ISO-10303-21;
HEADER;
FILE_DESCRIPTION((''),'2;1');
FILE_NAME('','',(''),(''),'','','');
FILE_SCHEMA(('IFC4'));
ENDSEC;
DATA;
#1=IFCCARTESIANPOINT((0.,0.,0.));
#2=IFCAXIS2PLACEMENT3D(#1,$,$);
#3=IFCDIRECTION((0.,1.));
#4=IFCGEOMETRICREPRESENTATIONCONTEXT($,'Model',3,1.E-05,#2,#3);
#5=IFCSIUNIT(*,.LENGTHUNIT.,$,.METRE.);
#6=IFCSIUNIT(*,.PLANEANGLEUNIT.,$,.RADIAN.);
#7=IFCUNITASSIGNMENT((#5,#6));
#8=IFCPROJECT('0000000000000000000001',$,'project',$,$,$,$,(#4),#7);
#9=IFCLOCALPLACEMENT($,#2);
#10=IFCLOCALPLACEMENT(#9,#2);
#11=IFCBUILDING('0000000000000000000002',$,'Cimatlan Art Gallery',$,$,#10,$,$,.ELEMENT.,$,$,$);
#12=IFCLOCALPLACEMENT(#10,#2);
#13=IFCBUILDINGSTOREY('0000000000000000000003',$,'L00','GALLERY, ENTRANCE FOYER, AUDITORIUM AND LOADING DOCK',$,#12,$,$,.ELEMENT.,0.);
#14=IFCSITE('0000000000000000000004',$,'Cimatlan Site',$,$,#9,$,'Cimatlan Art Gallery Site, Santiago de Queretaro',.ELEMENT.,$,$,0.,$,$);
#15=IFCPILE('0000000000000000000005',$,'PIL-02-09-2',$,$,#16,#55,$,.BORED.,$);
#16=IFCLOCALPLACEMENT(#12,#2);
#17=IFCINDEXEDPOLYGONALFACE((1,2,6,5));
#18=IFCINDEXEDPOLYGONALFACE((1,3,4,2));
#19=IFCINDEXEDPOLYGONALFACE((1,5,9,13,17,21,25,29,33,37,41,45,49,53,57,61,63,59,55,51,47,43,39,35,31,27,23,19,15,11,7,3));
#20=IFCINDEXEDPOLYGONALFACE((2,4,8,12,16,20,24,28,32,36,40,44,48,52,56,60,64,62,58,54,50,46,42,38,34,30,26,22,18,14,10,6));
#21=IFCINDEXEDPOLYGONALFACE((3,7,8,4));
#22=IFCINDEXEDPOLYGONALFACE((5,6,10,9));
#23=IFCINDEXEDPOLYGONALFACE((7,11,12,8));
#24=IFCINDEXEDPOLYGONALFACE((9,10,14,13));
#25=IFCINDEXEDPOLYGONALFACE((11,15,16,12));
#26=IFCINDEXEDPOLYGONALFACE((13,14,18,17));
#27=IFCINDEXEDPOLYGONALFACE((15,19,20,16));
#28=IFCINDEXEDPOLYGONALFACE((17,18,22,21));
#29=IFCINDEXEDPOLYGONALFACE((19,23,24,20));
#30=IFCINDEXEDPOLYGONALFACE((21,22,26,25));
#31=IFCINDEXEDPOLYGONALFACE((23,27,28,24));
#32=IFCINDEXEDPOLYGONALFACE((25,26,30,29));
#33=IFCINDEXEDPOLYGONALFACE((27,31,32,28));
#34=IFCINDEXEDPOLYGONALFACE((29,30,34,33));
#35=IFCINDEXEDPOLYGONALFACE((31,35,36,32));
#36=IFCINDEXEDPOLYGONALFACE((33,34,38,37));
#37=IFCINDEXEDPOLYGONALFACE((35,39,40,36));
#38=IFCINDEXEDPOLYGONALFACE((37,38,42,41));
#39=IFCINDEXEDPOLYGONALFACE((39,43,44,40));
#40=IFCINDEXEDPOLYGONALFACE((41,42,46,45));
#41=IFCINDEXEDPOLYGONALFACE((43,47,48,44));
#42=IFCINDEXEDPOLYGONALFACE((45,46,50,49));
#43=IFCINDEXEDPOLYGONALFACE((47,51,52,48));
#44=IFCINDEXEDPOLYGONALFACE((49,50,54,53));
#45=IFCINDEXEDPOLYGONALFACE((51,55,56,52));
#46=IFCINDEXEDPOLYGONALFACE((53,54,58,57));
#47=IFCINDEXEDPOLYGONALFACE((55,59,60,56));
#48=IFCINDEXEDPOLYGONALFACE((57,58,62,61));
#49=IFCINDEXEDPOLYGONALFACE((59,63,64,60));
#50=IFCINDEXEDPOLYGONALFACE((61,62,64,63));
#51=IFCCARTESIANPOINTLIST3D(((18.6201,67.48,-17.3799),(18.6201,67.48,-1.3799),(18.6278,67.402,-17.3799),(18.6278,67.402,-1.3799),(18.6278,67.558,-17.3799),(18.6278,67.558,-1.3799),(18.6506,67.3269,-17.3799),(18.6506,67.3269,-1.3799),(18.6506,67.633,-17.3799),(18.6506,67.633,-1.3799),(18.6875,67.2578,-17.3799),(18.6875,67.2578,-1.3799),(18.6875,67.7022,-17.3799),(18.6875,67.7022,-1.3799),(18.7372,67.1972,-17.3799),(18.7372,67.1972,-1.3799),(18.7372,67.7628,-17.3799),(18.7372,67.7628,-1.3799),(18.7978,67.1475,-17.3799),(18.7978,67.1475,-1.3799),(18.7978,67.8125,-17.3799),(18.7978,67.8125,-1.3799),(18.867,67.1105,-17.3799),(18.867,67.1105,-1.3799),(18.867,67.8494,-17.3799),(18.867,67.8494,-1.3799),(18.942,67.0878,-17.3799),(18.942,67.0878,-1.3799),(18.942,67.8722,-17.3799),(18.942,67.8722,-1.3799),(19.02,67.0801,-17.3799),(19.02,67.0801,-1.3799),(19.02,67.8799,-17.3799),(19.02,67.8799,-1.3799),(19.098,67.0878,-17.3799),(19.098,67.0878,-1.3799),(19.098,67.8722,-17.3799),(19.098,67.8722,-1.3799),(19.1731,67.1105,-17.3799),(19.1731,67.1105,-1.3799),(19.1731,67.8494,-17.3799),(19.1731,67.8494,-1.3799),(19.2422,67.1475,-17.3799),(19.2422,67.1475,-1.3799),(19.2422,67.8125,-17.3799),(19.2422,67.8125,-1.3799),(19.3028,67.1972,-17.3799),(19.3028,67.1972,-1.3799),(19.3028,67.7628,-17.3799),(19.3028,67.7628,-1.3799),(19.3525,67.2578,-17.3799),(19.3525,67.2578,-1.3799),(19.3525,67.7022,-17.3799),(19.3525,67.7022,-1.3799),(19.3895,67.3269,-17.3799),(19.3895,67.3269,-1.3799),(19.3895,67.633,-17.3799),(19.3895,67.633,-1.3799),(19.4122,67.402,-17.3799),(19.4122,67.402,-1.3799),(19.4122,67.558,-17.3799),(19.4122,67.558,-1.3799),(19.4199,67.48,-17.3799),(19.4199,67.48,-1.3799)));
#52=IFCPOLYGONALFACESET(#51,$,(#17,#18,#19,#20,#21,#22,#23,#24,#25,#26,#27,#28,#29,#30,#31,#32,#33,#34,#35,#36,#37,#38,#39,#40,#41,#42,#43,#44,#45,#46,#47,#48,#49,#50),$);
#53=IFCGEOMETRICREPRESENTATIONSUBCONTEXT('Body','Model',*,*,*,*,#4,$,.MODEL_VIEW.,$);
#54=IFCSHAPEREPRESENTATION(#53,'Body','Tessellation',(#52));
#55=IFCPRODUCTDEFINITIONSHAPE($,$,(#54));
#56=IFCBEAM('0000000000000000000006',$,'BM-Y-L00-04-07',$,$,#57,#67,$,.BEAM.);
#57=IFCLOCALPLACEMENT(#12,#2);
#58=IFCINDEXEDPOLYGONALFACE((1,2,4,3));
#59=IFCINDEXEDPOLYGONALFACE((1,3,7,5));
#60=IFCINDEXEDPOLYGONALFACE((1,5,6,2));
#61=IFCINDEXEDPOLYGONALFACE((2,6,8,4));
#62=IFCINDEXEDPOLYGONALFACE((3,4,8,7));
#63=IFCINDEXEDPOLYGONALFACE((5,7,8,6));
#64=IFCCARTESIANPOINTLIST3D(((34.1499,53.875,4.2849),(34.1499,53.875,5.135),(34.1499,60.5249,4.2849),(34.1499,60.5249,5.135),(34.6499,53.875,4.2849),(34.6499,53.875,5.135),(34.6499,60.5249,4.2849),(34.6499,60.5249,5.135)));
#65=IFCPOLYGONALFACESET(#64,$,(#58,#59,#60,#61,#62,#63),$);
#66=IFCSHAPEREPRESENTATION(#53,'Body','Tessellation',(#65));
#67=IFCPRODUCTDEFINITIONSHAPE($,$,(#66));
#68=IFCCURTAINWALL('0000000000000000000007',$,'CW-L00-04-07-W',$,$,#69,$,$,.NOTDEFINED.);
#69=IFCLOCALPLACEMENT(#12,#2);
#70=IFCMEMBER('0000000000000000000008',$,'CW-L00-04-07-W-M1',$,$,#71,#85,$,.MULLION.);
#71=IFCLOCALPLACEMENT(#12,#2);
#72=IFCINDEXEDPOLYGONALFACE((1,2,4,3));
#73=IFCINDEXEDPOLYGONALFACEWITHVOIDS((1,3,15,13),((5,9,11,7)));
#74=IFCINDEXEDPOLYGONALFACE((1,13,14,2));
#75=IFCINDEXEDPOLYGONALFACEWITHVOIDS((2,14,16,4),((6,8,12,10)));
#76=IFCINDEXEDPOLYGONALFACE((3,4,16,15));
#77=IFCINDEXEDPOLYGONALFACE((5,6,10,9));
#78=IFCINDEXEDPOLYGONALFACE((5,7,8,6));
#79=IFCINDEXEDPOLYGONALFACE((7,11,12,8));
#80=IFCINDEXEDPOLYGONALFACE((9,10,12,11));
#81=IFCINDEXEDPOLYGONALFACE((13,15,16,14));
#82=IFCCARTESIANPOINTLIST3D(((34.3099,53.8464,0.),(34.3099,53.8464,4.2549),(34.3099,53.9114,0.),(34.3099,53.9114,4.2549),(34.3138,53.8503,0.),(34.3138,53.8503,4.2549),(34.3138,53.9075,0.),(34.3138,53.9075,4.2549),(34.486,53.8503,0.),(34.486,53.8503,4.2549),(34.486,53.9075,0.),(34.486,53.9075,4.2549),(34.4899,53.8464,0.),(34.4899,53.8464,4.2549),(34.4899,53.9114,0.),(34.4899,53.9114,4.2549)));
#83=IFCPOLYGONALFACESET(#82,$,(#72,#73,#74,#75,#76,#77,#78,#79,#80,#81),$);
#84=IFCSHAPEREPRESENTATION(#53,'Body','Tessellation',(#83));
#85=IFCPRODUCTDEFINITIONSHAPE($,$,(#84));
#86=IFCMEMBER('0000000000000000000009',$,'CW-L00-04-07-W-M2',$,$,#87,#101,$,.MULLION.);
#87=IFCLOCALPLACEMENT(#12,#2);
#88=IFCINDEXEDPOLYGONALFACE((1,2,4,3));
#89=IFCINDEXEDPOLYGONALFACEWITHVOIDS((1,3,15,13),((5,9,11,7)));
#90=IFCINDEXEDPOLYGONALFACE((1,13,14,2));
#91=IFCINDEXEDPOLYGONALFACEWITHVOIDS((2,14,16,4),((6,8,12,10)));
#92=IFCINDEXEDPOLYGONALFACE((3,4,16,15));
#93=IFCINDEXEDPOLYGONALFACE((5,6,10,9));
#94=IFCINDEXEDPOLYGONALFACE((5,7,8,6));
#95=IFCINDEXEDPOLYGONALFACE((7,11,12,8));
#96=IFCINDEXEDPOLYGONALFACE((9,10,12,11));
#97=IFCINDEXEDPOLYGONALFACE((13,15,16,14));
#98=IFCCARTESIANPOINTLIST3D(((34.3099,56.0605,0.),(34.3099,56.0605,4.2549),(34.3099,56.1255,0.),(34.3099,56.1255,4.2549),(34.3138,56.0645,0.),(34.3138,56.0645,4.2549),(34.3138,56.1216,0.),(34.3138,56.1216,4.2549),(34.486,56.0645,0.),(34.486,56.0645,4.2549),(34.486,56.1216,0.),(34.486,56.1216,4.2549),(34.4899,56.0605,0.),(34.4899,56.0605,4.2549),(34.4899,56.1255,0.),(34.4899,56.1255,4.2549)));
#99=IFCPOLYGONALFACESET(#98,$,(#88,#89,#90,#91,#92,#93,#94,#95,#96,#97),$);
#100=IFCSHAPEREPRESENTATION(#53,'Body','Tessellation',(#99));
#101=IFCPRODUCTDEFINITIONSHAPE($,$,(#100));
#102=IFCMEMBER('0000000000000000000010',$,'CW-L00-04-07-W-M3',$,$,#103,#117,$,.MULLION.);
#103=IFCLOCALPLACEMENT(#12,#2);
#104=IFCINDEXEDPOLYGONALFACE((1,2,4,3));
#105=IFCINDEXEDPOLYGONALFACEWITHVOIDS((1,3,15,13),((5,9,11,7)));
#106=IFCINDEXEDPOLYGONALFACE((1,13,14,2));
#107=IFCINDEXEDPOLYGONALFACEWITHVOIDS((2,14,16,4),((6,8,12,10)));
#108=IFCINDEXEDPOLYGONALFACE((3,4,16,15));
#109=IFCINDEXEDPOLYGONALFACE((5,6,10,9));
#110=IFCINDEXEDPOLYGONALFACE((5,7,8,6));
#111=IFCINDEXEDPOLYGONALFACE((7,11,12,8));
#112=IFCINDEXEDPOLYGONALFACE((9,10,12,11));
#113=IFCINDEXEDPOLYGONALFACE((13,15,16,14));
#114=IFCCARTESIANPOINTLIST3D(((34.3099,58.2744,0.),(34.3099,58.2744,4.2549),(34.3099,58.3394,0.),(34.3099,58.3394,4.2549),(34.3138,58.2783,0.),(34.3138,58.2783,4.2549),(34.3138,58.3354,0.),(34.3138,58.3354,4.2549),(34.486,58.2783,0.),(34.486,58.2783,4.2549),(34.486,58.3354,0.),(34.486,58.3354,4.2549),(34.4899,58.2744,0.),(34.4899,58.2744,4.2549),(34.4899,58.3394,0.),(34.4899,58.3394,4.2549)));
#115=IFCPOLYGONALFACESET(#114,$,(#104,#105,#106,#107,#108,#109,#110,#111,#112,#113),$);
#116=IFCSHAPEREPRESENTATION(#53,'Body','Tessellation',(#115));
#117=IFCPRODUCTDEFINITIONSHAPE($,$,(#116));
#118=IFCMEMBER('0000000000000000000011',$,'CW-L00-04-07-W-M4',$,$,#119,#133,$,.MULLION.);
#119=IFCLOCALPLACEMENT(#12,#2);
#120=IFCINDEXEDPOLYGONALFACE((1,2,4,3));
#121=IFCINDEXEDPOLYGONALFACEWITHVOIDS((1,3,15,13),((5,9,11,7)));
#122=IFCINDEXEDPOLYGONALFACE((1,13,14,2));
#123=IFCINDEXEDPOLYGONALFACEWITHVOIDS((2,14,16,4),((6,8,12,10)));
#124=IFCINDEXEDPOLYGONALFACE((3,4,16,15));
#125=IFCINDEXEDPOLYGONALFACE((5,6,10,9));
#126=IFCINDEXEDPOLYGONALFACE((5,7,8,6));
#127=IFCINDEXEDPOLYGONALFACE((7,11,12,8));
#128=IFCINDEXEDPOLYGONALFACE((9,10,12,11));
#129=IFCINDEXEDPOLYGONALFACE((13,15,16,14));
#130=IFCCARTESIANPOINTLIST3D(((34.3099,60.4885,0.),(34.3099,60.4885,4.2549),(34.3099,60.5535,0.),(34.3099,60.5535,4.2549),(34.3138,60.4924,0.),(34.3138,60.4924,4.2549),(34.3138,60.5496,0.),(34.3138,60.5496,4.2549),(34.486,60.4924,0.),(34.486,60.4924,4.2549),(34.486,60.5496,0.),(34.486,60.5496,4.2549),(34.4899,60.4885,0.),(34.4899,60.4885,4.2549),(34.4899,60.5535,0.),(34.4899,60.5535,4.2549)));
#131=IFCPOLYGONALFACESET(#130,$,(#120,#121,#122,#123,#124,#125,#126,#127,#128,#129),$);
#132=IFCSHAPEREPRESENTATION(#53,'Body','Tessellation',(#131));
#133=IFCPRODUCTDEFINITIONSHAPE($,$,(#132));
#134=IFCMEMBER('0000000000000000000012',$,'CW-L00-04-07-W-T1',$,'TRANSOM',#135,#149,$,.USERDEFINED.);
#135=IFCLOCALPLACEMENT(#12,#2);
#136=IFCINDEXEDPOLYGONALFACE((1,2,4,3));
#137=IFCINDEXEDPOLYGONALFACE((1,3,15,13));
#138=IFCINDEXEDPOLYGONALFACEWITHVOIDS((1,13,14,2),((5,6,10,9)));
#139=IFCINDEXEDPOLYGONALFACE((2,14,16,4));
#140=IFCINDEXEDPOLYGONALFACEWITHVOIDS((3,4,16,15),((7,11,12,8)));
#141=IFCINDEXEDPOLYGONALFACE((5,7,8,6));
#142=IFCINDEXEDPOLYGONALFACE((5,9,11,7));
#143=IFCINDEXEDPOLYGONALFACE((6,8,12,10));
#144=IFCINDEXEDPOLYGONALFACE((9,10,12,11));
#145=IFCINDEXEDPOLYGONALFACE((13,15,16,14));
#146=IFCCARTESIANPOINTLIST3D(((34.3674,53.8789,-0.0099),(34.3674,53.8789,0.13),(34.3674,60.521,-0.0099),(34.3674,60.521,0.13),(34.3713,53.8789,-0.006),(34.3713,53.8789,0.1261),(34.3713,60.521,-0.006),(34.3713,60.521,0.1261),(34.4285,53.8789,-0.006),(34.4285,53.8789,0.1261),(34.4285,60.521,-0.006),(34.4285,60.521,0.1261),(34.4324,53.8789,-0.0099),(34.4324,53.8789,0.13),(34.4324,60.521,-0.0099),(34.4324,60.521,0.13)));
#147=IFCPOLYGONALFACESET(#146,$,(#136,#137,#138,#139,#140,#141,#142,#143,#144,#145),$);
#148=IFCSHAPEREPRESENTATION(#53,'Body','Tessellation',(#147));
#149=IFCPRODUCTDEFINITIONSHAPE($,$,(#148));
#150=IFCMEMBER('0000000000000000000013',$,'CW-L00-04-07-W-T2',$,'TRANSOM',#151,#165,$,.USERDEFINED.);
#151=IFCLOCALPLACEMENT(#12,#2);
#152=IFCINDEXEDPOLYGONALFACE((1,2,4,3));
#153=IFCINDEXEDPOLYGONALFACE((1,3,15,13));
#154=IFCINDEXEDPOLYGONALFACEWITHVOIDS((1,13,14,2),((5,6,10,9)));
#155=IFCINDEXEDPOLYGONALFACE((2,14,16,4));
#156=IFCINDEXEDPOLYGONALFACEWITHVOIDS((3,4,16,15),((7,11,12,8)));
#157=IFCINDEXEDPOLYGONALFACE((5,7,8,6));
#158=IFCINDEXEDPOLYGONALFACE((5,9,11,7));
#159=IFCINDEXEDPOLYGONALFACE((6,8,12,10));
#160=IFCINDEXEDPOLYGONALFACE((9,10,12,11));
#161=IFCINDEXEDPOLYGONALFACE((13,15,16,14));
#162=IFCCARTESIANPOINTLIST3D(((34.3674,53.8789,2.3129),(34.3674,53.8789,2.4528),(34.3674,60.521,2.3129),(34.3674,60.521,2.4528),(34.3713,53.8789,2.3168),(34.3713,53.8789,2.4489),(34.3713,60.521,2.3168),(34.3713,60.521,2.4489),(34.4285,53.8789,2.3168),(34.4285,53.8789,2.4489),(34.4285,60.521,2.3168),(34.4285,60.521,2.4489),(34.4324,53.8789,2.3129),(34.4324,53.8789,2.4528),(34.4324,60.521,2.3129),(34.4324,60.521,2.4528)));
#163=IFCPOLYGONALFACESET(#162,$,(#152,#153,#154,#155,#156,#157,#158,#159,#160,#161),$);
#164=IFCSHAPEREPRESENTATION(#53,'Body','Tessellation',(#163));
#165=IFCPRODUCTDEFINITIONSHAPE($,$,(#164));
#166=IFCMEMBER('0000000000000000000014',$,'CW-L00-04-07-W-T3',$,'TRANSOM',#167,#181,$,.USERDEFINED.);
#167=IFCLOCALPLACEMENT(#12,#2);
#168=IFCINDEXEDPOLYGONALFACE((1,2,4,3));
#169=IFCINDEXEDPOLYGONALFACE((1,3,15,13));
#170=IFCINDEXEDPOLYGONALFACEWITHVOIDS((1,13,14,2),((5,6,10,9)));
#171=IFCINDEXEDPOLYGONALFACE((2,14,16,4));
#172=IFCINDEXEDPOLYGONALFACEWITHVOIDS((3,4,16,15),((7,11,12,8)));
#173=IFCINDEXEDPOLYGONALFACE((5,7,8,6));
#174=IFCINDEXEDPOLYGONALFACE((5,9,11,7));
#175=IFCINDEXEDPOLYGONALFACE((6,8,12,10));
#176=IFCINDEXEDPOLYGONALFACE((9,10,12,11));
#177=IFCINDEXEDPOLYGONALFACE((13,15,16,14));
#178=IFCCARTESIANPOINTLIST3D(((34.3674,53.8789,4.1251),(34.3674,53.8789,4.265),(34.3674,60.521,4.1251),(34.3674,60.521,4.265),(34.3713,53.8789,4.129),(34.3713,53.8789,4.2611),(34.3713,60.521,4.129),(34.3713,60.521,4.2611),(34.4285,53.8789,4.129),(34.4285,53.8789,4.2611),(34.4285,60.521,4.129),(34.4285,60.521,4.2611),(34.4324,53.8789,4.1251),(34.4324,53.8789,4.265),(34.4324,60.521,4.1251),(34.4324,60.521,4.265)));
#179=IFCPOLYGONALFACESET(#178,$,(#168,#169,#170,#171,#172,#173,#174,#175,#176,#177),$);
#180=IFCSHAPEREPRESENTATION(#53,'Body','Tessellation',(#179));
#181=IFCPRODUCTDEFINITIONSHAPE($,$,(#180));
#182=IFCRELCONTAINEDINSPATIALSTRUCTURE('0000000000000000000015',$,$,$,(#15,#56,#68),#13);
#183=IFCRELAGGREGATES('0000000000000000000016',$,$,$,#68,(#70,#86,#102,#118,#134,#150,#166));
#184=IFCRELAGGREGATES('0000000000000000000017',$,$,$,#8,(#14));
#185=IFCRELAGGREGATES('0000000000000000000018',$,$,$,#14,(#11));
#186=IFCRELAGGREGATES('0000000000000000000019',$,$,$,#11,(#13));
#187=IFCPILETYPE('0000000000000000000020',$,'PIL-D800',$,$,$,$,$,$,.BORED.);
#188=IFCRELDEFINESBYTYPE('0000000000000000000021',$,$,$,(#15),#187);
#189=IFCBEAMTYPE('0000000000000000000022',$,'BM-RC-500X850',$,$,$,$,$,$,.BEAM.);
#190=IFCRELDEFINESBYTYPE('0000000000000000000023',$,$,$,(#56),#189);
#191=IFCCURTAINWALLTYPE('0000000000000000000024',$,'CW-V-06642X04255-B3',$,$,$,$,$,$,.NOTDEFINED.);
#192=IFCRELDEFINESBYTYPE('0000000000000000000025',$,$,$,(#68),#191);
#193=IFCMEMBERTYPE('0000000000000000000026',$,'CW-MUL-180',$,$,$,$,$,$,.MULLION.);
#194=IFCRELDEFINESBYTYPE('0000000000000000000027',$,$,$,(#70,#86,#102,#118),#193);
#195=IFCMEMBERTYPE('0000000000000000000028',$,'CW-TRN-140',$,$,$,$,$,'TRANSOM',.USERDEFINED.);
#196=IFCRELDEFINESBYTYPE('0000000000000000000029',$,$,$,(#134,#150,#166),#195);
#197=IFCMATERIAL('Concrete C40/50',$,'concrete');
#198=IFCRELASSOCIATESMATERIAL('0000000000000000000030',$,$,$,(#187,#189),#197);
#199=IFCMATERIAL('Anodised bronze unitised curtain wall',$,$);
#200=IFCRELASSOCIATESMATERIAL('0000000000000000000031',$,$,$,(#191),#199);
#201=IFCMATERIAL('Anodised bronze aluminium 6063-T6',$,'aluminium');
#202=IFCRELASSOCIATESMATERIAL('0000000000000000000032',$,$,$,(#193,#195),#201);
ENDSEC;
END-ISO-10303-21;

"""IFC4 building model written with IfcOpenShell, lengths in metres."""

from ifc_helpers import new_model, si_unit, direction, frame, origin, origin_2d, place, context, subcontext, project, spatial, rectangle, hollow_rectangle, circle, extrude, material, material_profile, profile_set, type_object, element, aggregate, save


model = new_model("IFC4")

# Units and contexts
model_context = context("Model", 3, precision=1e-05, world=origin(), true_north=direction((0.0, 1.0)))
body_context = subcontext(model_context, "Body", "Model", "MODEL_VIEW")
ifc_project = project(units=[si_unit("LENGTHUNIT", "METRE"), si_unit("PLANEANGLEUNIT", "RADIAN")], contexts=[model_context])

# Site, building, storey
site_placement = place(None, origin())
site = spatial("IfcSite", under=ifc_project, at=site_placement, Name="Cimatlan Site", LongName="Cimatlan Art Gallery Site, Santiago de Queretaro", CompositionType="ELEMENT", RefElevation=0.0)
building_placement = place(site_placement, origin())
building = spatial("IfcBuilding", under=site, at=building_placement, Name="Cimatlan Art Gallery", CompositionType="ELEMENT")
storey_placement = place(building_placement, origin())
storey = spatial("IfcBuildingStorey", under=building, at=storey_placement, Name="L00", Description="GALLERY, ENTRANCE FOYER, AUDITORIUM AND LOADING DOCK", CompositionType="ELEMENT", Elevation=0.0)

# Pile
ifc_material_1 = material(Name="Concrete C40/50", Category="concrete")
pile_type = type_object("IfcPileType", Name="PIL-D800", PredefinedType="BORED", material=ifc_material_1)
pile_placement = place(storey_placement, frame((19.02, 67.48, -1.3799), z_axis=(0.0, 0.0, -1.0), x_axis=(1.0, 0.0, 0.0)))
element("IfcPile", 1, at=pile_placement, inside=storey, type_object=pile_type, Name="PIL-02-09-2", PredefinedType="BORED", context=body_context, shape_type="SweptSolid", body=[
    extrude(circle(Radius=0.3999, at=origin_2d()), origin(), (0.0, 0.0, 1.0), 16.0),
])

# Beam
ifc_material_profile_1 = material_profile(ifc_material_1, rectangle(XDim=0.5, YDim=0.8501, at=origin_2d()), Name="RC500X850")
ifc_profile_set_1 = profile_set([ifc_material_profile_1], Name="Concrete C40/50")
beam_type = type_object("IfcBeamType", Name="BM-RC-500X850", PredefinedType="BEAM", material=ifc_profile_set_1)
beam_placement = place(storey_placement, frame((34.3999, 53.875, 4.71), z_axis=(0.0, 1.0, 0.0), x_axis=(-1.0, 0.0, 0.0)))
element("IfcBeam", 2, at=beam_placement, inside=storey, type_object=beam_type, Name="BM-Y-L00-04-07", PredefinedType="BEAM", context=body_context, shape_type="SweptSolid", body=[
    extrude(rectangle(XDim=0.5, YDim=0.8501, at=origin_2d()), origin(), (0.0, 0.0, 1.0), 6.6499),
])

# Curtain wall, members
ifc_material_2 = material(Name="Anodised bronze unitised curtain wall")
curtain_wall_type = type_object("IfcCurtainWallType", Name="CW-V-06642X04255-B3", PredefinedType="NOTDEFINED", material=ifc_material_2)
curtain_wall_placement = place(storey_placement, origin())
curtain_wall = element("IfcCurtainWall", 3, at=curtain_wall_placement, inside=storey, type_object=curtain_wall_type, Name="CW-L00-04-07-W", PredefinedType="NOTDEFINED")
ifc_material_3 = material(Name="Anodised bronze aluminium 6063-T6", Category="aluminium")
ifc_material_profile_2 = material_profile(ifc_material_3, hollow_rectangle(XDim=0.0649, YDim=0.1799, WallThickness=0.0039, at=origin_2d()), Name="ALU65X180X4")
ifc_profile_set_2 = profile_set([ifc_material_profile_2], Name="Anodised bronze aluminium 6063-T6")
member_type_1 = type_object("IfcMemberType", Name="CW-MUL-180", PredefinedType="MULLION", material=ifc_profile_set_2)
member_1_placement = place(storey_placement, frame((34.3999, 53.8789, 0.0), z_axis=(0.0, 0.0, 1.0), x_axis=(0.0, 1.0, 0.0)))
member_1 = element("IfcMember", 4, at=member_1_placement, type_object=member_type_1, Name="CW-L00-04-07-W-M1", PredefinedType="MULLION", context=body_context, shape_type="SweptSolid", body=[
    extrude(hollow_rectangle(XDim=0.0649, YDim=0.1799, WallThickness=0.0039, at=origin_2d()), origin(), (0.0, 0.0, 1.0), 4.2549),
])
member_2_placement = place(storey_placement, frame((34.3999, 56.093, 0.0), z_axis=(0.0, 0.0, 1.0), x_axis=(0.0, 1.0, 0.0)))
member_2 = element("IfcMember", 5, at=member_2_placement, type_object=member_type_1, Name="CW-L00-04-07-W-M2", PredefinedType="MULLION", context=body_context, shape_type="SweptSolid", body=[
    extrude(hollow_rectangle(XDim=0.0649, YDim=0.1799, WallThickness=0.0039, at=origin_2d()), origin(), (0.0, 0.0, 1.0), 4.2549),
])
member_3_placement = place(storey_placement, frame((34.3999, 58.3069, 0.0), z_axis=(0.0, 0.0, 1.0), x_axis=(0.0, 1.0, 0.0)))
member_3 = element("IfcMember", 6, at=member_3_placement, type_object=member_type_1, Name="CW-L00-04-07-W-M3", PredefinedType="MULLION", context=body_context, shape_type="SweptSolid", body=[
    extrude(hollow_rectangle(XDim=0.0649, YDim=0.1799, WallThickness=0.0039, at=origin_2d()), origin(), (0.0, 0.0, 1.0), 4.2549),
])
member_4_placement = place(storey_placement, frame((34.3999, 60.521, 0.0), z_axis=(0.0, 0.0, 1.0), x_axis=(0.0, 1.0, 0.0)))
member_4 = element("IfcMember", 7, at=member_4_placement, type_object=member_type_1, Name="CW-L00-04-07-W-M4", PredefinedType="MULLION", context=body_context, shape_type="SweptSolid", body=[
    extrude(hollow_rectangle(XDim=0.0649, YDim=0.1799, WallThickness=0.0039, at=origin_2d()), origin(), (0.0, 0.0, 1.0), 4.2549),
])
ifc_material_profile_3 = material_profile(ifc_material_3, hollow_rectangle(XDim=0.0649, YDim=0.1399, WallThickness=0.0039, at=origin_2d()), Name="ALU65X140X4")
ifc_profile_set_3 = profile_set([ifc_material_profile_3], Name="Anodised bronze aluminium 6063-T6")
member_type_2 = type_object("IfcMemberType", Name="CW-TRN-140", ElementType="TRANSOM", PredefinedType="USERDEFINED", material=ifc_profile_set_3)
member_5_placement = place(storey_placement, frame((34.3999, 53.8789, 0.0601), z_axis=(0.0, 1.0, 0.0), x_axis=(-1.0, 0.0, 0.0)))
member_5 = element("IfcMember", 8, at=member_5_placement, type_object=member_type_2, Name="CW-L00-04-07-W-T1", ObjectType="TRANSOM", PredefinedType="USERDEFINED", context=body_context, shape_type="SweptSolid", body=[
    extrude(hollow_rectangle(XDim=0.0649, YDim=0.1399, WallThickness=0.0039, at=origin_2d()), origin(), (0.0, 0.0, 1.0), 6.6421),
])
member_6_placement = place(storey_placement, frame((34.3999, 53.8789, 2.3828), z_axis=(0.0, 1.0, 0.0), x_axis=(-1.0, 0.0, 0.0)))
member_6 = element("IfcMember", 9, at=member_6_placement, type_object=member_type_2, Name="CW-L00-04-07-W-T2", ObjectType="TRANSOM", PredefinedType="USERDEFINED", context=body_context, shape_type="SweptSolid", body=[
    extrude(hollow_rectangle(XDim=0.0649, YDim=0.1399, WallThickness=0.0039, at=origin_2d()), origin(), (0.0, 0.0, 1.0), 6.6421),
])
member_7_placement = place(storey_placement, frame((34.3999, 53.8789, 4.1951), z_axis=(0.0, 1.0, 0.0), x_axis=(-1.0, 0.0, 0.0)))
member_7 = element("IfcMember", 10, at=member_7_placement, type_object=member_type_2, Name="CW-L00-04-07-W-T3", ObjectType="TRANSOM", PredefinedType="USERDEFINED", context=body_context, shape_type="SweptSolid", body=[
    extrude(hollow_rectangle(XDim=0.0649, YDim=0.1399, WallThickness=0.0039, at=origin_2d()), origin(), (0.0, 0.0, 1.0), 6.6421),
])
aggregate(curtain_wall, [member_1, member_2, member_3, member_4, member_5, member_6, member_7])

save(model, "model.ifc")
